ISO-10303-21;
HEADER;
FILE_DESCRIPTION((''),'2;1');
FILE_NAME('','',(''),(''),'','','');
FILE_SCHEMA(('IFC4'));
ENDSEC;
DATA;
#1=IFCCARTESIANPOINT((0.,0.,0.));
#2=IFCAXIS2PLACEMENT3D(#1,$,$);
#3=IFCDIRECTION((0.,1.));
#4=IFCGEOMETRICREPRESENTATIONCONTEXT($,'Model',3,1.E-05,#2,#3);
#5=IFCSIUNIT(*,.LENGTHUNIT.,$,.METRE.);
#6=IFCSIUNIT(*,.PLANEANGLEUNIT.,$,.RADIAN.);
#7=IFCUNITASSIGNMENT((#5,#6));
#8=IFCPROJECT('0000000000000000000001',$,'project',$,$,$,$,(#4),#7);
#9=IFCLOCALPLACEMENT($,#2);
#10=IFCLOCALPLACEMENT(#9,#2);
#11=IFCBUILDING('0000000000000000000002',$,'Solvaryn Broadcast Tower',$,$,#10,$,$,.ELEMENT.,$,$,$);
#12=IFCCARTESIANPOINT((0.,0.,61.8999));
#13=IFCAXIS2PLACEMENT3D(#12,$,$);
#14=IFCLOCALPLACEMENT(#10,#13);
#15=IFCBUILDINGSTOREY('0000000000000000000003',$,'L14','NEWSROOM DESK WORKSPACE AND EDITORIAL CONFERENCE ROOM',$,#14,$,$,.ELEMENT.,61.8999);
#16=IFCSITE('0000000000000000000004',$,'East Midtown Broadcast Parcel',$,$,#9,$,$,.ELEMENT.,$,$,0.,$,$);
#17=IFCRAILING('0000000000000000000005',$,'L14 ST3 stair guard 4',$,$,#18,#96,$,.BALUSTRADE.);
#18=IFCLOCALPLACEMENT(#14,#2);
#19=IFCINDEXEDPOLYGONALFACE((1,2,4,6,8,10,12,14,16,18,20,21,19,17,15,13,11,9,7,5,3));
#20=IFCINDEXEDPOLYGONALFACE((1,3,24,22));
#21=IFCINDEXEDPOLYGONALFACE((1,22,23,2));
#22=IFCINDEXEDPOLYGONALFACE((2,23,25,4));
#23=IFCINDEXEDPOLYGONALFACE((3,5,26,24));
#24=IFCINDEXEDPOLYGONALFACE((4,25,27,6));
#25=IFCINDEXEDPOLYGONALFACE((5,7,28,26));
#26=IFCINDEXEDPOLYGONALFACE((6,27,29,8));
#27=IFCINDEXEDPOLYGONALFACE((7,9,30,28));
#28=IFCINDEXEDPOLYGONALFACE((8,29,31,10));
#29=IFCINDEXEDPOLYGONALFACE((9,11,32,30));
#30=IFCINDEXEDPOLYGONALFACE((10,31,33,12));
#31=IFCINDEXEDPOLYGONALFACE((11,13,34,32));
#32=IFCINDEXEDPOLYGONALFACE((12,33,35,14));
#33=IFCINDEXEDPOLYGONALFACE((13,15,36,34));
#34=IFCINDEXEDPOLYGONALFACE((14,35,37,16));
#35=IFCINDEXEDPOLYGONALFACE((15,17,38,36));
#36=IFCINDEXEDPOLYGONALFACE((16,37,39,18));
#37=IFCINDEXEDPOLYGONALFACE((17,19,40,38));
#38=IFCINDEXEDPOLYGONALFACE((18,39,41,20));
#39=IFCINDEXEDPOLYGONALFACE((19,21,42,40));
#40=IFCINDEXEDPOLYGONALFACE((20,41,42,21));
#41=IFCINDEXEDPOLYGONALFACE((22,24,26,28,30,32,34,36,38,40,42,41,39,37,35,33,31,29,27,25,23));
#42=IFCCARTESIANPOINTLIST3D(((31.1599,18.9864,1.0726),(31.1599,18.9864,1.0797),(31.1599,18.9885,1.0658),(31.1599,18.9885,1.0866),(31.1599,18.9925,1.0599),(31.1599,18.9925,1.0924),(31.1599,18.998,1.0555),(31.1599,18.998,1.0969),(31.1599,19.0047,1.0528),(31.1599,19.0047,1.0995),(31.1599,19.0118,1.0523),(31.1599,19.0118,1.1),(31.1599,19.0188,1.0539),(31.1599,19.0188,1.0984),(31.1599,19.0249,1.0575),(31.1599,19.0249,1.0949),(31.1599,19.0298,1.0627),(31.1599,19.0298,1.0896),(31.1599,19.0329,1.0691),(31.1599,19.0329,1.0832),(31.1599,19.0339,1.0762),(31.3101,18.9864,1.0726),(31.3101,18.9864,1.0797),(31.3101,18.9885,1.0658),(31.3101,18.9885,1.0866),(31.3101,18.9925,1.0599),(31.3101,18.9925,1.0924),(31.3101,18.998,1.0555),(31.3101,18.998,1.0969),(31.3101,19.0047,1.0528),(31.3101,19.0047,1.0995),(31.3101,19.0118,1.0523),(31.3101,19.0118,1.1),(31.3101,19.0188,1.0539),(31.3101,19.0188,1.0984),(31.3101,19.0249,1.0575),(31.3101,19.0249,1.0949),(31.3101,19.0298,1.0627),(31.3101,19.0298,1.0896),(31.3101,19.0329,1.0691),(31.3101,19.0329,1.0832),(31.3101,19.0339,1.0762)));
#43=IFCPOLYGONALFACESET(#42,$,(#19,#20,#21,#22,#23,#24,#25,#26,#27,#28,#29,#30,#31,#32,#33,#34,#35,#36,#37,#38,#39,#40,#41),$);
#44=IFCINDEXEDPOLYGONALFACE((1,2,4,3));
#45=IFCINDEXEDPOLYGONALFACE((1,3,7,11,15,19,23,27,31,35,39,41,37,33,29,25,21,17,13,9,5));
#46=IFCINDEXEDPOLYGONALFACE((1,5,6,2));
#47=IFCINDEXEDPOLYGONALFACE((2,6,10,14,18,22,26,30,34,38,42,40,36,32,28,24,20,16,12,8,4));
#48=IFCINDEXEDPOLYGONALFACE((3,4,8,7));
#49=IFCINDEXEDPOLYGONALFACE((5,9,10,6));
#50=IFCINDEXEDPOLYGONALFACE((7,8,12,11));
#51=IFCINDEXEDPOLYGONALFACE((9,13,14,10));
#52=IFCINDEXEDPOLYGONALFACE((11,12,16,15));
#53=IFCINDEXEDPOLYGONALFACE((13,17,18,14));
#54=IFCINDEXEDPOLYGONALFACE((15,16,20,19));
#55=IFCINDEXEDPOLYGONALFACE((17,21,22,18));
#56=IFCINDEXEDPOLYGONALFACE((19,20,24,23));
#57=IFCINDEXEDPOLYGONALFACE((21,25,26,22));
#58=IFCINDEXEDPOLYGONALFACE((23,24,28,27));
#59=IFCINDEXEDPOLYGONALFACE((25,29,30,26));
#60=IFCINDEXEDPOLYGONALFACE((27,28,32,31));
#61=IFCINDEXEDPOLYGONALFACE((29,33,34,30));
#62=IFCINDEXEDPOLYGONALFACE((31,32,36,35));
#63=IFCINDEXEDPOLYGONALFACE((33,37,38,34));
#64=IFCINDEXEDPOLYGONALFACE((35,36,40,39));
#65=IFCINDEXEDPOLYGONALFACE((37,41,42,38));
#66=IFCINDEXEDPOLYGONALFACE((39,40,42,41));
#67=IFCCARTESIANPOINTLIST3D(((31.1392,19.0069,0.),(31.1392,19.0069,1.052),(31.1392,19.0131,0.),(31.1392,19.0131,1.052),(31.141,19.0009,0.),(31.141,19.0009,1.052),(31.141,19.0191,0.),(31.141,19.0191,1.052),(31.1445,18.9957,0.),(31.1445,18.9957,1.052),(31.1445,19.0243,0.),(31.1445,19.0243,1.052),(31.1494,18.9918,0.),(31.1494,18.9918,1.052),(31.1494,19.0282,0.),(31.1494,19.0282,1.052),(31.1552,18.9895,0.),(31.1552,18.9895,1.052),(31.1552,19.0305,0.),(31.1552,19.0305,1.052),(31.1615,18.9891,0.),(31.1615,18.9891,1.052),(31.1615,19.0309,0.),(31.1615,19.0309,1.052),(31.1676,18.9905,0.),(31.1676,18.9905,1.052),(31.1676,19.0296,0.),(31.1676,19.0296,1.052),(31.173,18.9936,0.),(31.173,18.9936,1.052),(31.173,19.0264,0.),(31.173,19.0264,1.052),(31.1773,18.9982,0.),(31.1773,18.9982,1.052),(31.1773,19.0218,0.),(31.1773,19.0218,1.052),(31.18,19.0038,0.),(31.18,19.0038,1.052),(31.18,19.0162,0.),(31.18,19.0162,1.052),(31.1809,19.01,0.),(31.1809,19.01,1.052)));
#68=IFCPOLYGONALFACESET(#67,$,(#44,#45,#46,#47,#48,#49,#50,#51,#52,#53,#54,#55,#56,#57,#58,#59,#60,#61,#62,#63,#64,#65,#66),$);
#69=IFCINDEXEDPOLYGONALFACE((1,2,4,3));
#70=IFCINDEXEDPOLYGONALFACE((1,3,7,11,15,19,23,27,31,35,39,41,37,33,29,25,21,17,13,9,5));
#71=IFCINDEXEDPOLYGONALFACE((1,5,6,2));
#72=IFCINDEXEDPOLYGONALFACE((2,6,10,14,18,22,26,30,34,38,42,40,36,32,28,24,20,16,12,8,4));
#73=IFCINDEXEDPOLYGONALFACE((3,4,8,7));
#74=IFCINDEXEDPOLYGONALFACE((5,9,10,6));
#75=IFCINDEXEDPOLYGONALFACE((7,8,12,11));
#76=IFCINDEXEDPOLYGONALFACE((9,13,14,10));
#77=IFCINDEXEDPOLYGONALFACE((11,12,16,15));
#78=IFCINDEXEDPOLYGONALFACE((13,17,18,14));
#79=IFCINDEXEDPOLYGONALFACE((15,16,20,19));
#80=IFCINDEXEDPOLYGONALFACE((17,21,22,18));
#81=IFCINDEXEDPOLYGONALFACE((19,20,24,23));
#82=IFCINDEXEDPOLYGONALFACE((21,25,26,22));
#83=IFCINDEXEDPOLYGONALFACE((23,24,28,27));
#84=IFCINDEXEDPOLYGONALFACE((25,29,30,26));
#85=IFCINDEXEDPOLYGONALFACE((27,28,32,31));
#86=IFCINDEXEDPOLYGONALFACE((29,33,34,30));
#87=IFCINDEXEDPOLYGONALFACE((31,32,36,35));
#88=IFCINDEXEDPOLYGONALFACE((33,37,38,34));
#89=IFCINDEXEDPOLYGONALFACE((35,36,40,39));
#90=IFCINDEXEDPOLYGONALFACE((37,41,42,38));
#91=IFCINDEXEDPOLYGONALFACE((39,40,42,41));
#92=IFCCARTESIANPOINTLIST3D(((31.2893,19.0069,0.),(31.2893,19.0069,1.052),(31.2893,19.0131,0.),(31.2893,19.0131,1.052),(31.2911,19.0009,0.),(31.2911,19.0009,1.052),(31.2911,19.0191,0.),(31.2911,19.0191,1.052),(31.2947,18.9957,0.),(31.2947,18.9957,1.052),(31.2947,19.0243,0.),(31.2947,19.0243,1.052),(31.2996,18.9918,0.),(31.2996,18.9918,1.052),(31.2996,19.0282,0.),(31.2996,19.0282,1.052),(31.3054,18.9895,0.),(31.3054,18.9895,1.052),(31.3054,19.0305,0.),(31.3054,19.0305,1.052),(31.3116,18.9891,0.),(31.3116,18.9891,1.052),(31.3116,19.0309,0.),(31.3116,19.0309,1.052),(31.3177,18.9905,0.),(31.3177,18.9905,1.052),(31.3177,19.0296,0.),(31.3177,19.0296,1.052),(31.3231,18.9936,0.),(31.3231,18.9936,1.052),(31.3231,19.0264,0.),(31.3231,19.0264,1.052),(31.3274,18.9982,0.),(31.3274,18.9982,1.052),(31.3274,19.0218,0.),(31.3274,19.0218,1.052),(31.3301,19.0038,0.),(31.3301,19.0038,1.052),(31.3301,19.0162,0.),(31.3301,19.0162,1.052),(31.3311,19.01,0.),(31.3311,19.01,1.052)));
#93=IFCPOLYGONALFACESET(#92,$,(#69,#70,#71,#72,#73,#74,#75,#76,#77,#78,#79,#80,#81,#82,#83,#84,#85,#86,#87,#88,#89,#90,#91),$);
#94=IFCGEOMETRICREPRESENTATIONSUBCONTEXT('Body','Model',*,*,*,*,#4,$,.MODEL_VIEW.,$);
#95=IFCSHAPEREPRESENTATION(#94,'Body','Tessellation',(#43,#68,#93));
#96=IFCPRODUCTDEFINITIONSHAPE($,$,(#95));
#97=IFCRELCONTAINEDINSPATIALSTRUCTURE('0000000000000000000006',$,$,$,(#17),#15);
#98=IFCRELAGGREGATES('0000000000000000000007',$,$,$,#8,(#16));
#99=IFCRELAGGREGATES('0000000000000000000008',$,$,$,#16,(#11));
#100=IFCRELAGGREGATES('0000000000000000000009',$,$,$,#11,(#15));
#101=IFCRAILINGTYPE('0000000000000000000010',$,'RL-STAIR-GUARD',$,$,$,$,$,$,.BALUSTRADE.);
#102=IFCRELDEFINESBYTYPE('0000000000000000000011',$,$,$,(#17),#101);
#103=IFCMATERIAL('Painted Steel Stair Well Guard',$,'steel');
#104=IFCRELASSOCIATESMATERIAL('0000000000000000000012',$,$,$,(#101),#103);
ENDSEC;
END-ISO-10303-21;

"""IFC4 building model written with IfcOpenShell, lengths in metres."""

from ifc_helpers import new_model, si_unit, direction, frame, origin, origin_2d, place, context, subcontext, project, spatial, circle, extrude, material, type_object, element, save


model = new_model("IFC4")

# Units and contexts
model_context = context("Model", 3, precision=1e-05, world=origin(), true_north=direction((0.0, 1.0)))
body_context = subcontext(model_context, "Body", "Model", "MODEL_VIEW")
ifc_project = project(units=[si_unit("LENGTHUNIT", "METRE"), si_unit("PLANEANGLEUNIT", "RADIAN")], contexts=[model_context])

# Site, building, storey
site_placement = place(None, origin())
site = spatial("IfcSite", under=ifc_project, at=site_placement, Name="East Midtown Broadcast Parcel", CompositionType="ELEMENT", RefElevation=0.0)
building_placement = place(site_placement, origin())
building = spatial("IfcBuilding", under=site, at=building_placement, Name="Solvaryn Broadcast Tower", CompositionType="ELEMENT")
storey_placement = place(building_placement, frame((0.0, 0.0, 61.8999)))
storey = spatial("IfcBuildingStorey", under=building, at=storey_placement, Name="L14", Description="NEWSROOM DESK WORKSPACE AND EDITORIAL CONFERENCE ROOM", CompositionType="ELEMENT", Elevation=61.8999)

# Railing
ifc_material_1 = material(Name="Painted Steel Stair Well Guard", Category="steel")
railing_type_1 = type_object("IfcRailingType", Name="RL-STAIR-GUARD", PredefinedType="BALUSTRADE", material=ifc_material_1)
railing_1_placement = place(storey_placement, frame((31.1599, 19.01, 0.0)))
element("IfcRailing", 1, at=railing_1_placement, inside=storey, type_object=railing_type_1, Name="L14 ST3 stair guard 4", PredefinedType="BALUSTRADE", context=body_context, shape_type="SweptSolid", body=[
    extrude(circle(Radius=0.0239, at=origin_2d()), frame((0.0, 0.0, 1.0762), z_axis=(1.0, 0.0, 0.0), x_axis=(0.0, 1.0, 0.0)), (0.0, 0.0, 1.0), 0.1501),
    extrude(circle(Radius=0.021, at=origin_2d()), origin(), (0.0, 0.0, 1.0), 1.052),
    extrude(circle(Radius=0.021, at=origin_2d()), frame((0.1501, 0.0, 0.0)), (0.0, 0.0, 1.0), 1.052),
])

save(model, "model.ifc")
